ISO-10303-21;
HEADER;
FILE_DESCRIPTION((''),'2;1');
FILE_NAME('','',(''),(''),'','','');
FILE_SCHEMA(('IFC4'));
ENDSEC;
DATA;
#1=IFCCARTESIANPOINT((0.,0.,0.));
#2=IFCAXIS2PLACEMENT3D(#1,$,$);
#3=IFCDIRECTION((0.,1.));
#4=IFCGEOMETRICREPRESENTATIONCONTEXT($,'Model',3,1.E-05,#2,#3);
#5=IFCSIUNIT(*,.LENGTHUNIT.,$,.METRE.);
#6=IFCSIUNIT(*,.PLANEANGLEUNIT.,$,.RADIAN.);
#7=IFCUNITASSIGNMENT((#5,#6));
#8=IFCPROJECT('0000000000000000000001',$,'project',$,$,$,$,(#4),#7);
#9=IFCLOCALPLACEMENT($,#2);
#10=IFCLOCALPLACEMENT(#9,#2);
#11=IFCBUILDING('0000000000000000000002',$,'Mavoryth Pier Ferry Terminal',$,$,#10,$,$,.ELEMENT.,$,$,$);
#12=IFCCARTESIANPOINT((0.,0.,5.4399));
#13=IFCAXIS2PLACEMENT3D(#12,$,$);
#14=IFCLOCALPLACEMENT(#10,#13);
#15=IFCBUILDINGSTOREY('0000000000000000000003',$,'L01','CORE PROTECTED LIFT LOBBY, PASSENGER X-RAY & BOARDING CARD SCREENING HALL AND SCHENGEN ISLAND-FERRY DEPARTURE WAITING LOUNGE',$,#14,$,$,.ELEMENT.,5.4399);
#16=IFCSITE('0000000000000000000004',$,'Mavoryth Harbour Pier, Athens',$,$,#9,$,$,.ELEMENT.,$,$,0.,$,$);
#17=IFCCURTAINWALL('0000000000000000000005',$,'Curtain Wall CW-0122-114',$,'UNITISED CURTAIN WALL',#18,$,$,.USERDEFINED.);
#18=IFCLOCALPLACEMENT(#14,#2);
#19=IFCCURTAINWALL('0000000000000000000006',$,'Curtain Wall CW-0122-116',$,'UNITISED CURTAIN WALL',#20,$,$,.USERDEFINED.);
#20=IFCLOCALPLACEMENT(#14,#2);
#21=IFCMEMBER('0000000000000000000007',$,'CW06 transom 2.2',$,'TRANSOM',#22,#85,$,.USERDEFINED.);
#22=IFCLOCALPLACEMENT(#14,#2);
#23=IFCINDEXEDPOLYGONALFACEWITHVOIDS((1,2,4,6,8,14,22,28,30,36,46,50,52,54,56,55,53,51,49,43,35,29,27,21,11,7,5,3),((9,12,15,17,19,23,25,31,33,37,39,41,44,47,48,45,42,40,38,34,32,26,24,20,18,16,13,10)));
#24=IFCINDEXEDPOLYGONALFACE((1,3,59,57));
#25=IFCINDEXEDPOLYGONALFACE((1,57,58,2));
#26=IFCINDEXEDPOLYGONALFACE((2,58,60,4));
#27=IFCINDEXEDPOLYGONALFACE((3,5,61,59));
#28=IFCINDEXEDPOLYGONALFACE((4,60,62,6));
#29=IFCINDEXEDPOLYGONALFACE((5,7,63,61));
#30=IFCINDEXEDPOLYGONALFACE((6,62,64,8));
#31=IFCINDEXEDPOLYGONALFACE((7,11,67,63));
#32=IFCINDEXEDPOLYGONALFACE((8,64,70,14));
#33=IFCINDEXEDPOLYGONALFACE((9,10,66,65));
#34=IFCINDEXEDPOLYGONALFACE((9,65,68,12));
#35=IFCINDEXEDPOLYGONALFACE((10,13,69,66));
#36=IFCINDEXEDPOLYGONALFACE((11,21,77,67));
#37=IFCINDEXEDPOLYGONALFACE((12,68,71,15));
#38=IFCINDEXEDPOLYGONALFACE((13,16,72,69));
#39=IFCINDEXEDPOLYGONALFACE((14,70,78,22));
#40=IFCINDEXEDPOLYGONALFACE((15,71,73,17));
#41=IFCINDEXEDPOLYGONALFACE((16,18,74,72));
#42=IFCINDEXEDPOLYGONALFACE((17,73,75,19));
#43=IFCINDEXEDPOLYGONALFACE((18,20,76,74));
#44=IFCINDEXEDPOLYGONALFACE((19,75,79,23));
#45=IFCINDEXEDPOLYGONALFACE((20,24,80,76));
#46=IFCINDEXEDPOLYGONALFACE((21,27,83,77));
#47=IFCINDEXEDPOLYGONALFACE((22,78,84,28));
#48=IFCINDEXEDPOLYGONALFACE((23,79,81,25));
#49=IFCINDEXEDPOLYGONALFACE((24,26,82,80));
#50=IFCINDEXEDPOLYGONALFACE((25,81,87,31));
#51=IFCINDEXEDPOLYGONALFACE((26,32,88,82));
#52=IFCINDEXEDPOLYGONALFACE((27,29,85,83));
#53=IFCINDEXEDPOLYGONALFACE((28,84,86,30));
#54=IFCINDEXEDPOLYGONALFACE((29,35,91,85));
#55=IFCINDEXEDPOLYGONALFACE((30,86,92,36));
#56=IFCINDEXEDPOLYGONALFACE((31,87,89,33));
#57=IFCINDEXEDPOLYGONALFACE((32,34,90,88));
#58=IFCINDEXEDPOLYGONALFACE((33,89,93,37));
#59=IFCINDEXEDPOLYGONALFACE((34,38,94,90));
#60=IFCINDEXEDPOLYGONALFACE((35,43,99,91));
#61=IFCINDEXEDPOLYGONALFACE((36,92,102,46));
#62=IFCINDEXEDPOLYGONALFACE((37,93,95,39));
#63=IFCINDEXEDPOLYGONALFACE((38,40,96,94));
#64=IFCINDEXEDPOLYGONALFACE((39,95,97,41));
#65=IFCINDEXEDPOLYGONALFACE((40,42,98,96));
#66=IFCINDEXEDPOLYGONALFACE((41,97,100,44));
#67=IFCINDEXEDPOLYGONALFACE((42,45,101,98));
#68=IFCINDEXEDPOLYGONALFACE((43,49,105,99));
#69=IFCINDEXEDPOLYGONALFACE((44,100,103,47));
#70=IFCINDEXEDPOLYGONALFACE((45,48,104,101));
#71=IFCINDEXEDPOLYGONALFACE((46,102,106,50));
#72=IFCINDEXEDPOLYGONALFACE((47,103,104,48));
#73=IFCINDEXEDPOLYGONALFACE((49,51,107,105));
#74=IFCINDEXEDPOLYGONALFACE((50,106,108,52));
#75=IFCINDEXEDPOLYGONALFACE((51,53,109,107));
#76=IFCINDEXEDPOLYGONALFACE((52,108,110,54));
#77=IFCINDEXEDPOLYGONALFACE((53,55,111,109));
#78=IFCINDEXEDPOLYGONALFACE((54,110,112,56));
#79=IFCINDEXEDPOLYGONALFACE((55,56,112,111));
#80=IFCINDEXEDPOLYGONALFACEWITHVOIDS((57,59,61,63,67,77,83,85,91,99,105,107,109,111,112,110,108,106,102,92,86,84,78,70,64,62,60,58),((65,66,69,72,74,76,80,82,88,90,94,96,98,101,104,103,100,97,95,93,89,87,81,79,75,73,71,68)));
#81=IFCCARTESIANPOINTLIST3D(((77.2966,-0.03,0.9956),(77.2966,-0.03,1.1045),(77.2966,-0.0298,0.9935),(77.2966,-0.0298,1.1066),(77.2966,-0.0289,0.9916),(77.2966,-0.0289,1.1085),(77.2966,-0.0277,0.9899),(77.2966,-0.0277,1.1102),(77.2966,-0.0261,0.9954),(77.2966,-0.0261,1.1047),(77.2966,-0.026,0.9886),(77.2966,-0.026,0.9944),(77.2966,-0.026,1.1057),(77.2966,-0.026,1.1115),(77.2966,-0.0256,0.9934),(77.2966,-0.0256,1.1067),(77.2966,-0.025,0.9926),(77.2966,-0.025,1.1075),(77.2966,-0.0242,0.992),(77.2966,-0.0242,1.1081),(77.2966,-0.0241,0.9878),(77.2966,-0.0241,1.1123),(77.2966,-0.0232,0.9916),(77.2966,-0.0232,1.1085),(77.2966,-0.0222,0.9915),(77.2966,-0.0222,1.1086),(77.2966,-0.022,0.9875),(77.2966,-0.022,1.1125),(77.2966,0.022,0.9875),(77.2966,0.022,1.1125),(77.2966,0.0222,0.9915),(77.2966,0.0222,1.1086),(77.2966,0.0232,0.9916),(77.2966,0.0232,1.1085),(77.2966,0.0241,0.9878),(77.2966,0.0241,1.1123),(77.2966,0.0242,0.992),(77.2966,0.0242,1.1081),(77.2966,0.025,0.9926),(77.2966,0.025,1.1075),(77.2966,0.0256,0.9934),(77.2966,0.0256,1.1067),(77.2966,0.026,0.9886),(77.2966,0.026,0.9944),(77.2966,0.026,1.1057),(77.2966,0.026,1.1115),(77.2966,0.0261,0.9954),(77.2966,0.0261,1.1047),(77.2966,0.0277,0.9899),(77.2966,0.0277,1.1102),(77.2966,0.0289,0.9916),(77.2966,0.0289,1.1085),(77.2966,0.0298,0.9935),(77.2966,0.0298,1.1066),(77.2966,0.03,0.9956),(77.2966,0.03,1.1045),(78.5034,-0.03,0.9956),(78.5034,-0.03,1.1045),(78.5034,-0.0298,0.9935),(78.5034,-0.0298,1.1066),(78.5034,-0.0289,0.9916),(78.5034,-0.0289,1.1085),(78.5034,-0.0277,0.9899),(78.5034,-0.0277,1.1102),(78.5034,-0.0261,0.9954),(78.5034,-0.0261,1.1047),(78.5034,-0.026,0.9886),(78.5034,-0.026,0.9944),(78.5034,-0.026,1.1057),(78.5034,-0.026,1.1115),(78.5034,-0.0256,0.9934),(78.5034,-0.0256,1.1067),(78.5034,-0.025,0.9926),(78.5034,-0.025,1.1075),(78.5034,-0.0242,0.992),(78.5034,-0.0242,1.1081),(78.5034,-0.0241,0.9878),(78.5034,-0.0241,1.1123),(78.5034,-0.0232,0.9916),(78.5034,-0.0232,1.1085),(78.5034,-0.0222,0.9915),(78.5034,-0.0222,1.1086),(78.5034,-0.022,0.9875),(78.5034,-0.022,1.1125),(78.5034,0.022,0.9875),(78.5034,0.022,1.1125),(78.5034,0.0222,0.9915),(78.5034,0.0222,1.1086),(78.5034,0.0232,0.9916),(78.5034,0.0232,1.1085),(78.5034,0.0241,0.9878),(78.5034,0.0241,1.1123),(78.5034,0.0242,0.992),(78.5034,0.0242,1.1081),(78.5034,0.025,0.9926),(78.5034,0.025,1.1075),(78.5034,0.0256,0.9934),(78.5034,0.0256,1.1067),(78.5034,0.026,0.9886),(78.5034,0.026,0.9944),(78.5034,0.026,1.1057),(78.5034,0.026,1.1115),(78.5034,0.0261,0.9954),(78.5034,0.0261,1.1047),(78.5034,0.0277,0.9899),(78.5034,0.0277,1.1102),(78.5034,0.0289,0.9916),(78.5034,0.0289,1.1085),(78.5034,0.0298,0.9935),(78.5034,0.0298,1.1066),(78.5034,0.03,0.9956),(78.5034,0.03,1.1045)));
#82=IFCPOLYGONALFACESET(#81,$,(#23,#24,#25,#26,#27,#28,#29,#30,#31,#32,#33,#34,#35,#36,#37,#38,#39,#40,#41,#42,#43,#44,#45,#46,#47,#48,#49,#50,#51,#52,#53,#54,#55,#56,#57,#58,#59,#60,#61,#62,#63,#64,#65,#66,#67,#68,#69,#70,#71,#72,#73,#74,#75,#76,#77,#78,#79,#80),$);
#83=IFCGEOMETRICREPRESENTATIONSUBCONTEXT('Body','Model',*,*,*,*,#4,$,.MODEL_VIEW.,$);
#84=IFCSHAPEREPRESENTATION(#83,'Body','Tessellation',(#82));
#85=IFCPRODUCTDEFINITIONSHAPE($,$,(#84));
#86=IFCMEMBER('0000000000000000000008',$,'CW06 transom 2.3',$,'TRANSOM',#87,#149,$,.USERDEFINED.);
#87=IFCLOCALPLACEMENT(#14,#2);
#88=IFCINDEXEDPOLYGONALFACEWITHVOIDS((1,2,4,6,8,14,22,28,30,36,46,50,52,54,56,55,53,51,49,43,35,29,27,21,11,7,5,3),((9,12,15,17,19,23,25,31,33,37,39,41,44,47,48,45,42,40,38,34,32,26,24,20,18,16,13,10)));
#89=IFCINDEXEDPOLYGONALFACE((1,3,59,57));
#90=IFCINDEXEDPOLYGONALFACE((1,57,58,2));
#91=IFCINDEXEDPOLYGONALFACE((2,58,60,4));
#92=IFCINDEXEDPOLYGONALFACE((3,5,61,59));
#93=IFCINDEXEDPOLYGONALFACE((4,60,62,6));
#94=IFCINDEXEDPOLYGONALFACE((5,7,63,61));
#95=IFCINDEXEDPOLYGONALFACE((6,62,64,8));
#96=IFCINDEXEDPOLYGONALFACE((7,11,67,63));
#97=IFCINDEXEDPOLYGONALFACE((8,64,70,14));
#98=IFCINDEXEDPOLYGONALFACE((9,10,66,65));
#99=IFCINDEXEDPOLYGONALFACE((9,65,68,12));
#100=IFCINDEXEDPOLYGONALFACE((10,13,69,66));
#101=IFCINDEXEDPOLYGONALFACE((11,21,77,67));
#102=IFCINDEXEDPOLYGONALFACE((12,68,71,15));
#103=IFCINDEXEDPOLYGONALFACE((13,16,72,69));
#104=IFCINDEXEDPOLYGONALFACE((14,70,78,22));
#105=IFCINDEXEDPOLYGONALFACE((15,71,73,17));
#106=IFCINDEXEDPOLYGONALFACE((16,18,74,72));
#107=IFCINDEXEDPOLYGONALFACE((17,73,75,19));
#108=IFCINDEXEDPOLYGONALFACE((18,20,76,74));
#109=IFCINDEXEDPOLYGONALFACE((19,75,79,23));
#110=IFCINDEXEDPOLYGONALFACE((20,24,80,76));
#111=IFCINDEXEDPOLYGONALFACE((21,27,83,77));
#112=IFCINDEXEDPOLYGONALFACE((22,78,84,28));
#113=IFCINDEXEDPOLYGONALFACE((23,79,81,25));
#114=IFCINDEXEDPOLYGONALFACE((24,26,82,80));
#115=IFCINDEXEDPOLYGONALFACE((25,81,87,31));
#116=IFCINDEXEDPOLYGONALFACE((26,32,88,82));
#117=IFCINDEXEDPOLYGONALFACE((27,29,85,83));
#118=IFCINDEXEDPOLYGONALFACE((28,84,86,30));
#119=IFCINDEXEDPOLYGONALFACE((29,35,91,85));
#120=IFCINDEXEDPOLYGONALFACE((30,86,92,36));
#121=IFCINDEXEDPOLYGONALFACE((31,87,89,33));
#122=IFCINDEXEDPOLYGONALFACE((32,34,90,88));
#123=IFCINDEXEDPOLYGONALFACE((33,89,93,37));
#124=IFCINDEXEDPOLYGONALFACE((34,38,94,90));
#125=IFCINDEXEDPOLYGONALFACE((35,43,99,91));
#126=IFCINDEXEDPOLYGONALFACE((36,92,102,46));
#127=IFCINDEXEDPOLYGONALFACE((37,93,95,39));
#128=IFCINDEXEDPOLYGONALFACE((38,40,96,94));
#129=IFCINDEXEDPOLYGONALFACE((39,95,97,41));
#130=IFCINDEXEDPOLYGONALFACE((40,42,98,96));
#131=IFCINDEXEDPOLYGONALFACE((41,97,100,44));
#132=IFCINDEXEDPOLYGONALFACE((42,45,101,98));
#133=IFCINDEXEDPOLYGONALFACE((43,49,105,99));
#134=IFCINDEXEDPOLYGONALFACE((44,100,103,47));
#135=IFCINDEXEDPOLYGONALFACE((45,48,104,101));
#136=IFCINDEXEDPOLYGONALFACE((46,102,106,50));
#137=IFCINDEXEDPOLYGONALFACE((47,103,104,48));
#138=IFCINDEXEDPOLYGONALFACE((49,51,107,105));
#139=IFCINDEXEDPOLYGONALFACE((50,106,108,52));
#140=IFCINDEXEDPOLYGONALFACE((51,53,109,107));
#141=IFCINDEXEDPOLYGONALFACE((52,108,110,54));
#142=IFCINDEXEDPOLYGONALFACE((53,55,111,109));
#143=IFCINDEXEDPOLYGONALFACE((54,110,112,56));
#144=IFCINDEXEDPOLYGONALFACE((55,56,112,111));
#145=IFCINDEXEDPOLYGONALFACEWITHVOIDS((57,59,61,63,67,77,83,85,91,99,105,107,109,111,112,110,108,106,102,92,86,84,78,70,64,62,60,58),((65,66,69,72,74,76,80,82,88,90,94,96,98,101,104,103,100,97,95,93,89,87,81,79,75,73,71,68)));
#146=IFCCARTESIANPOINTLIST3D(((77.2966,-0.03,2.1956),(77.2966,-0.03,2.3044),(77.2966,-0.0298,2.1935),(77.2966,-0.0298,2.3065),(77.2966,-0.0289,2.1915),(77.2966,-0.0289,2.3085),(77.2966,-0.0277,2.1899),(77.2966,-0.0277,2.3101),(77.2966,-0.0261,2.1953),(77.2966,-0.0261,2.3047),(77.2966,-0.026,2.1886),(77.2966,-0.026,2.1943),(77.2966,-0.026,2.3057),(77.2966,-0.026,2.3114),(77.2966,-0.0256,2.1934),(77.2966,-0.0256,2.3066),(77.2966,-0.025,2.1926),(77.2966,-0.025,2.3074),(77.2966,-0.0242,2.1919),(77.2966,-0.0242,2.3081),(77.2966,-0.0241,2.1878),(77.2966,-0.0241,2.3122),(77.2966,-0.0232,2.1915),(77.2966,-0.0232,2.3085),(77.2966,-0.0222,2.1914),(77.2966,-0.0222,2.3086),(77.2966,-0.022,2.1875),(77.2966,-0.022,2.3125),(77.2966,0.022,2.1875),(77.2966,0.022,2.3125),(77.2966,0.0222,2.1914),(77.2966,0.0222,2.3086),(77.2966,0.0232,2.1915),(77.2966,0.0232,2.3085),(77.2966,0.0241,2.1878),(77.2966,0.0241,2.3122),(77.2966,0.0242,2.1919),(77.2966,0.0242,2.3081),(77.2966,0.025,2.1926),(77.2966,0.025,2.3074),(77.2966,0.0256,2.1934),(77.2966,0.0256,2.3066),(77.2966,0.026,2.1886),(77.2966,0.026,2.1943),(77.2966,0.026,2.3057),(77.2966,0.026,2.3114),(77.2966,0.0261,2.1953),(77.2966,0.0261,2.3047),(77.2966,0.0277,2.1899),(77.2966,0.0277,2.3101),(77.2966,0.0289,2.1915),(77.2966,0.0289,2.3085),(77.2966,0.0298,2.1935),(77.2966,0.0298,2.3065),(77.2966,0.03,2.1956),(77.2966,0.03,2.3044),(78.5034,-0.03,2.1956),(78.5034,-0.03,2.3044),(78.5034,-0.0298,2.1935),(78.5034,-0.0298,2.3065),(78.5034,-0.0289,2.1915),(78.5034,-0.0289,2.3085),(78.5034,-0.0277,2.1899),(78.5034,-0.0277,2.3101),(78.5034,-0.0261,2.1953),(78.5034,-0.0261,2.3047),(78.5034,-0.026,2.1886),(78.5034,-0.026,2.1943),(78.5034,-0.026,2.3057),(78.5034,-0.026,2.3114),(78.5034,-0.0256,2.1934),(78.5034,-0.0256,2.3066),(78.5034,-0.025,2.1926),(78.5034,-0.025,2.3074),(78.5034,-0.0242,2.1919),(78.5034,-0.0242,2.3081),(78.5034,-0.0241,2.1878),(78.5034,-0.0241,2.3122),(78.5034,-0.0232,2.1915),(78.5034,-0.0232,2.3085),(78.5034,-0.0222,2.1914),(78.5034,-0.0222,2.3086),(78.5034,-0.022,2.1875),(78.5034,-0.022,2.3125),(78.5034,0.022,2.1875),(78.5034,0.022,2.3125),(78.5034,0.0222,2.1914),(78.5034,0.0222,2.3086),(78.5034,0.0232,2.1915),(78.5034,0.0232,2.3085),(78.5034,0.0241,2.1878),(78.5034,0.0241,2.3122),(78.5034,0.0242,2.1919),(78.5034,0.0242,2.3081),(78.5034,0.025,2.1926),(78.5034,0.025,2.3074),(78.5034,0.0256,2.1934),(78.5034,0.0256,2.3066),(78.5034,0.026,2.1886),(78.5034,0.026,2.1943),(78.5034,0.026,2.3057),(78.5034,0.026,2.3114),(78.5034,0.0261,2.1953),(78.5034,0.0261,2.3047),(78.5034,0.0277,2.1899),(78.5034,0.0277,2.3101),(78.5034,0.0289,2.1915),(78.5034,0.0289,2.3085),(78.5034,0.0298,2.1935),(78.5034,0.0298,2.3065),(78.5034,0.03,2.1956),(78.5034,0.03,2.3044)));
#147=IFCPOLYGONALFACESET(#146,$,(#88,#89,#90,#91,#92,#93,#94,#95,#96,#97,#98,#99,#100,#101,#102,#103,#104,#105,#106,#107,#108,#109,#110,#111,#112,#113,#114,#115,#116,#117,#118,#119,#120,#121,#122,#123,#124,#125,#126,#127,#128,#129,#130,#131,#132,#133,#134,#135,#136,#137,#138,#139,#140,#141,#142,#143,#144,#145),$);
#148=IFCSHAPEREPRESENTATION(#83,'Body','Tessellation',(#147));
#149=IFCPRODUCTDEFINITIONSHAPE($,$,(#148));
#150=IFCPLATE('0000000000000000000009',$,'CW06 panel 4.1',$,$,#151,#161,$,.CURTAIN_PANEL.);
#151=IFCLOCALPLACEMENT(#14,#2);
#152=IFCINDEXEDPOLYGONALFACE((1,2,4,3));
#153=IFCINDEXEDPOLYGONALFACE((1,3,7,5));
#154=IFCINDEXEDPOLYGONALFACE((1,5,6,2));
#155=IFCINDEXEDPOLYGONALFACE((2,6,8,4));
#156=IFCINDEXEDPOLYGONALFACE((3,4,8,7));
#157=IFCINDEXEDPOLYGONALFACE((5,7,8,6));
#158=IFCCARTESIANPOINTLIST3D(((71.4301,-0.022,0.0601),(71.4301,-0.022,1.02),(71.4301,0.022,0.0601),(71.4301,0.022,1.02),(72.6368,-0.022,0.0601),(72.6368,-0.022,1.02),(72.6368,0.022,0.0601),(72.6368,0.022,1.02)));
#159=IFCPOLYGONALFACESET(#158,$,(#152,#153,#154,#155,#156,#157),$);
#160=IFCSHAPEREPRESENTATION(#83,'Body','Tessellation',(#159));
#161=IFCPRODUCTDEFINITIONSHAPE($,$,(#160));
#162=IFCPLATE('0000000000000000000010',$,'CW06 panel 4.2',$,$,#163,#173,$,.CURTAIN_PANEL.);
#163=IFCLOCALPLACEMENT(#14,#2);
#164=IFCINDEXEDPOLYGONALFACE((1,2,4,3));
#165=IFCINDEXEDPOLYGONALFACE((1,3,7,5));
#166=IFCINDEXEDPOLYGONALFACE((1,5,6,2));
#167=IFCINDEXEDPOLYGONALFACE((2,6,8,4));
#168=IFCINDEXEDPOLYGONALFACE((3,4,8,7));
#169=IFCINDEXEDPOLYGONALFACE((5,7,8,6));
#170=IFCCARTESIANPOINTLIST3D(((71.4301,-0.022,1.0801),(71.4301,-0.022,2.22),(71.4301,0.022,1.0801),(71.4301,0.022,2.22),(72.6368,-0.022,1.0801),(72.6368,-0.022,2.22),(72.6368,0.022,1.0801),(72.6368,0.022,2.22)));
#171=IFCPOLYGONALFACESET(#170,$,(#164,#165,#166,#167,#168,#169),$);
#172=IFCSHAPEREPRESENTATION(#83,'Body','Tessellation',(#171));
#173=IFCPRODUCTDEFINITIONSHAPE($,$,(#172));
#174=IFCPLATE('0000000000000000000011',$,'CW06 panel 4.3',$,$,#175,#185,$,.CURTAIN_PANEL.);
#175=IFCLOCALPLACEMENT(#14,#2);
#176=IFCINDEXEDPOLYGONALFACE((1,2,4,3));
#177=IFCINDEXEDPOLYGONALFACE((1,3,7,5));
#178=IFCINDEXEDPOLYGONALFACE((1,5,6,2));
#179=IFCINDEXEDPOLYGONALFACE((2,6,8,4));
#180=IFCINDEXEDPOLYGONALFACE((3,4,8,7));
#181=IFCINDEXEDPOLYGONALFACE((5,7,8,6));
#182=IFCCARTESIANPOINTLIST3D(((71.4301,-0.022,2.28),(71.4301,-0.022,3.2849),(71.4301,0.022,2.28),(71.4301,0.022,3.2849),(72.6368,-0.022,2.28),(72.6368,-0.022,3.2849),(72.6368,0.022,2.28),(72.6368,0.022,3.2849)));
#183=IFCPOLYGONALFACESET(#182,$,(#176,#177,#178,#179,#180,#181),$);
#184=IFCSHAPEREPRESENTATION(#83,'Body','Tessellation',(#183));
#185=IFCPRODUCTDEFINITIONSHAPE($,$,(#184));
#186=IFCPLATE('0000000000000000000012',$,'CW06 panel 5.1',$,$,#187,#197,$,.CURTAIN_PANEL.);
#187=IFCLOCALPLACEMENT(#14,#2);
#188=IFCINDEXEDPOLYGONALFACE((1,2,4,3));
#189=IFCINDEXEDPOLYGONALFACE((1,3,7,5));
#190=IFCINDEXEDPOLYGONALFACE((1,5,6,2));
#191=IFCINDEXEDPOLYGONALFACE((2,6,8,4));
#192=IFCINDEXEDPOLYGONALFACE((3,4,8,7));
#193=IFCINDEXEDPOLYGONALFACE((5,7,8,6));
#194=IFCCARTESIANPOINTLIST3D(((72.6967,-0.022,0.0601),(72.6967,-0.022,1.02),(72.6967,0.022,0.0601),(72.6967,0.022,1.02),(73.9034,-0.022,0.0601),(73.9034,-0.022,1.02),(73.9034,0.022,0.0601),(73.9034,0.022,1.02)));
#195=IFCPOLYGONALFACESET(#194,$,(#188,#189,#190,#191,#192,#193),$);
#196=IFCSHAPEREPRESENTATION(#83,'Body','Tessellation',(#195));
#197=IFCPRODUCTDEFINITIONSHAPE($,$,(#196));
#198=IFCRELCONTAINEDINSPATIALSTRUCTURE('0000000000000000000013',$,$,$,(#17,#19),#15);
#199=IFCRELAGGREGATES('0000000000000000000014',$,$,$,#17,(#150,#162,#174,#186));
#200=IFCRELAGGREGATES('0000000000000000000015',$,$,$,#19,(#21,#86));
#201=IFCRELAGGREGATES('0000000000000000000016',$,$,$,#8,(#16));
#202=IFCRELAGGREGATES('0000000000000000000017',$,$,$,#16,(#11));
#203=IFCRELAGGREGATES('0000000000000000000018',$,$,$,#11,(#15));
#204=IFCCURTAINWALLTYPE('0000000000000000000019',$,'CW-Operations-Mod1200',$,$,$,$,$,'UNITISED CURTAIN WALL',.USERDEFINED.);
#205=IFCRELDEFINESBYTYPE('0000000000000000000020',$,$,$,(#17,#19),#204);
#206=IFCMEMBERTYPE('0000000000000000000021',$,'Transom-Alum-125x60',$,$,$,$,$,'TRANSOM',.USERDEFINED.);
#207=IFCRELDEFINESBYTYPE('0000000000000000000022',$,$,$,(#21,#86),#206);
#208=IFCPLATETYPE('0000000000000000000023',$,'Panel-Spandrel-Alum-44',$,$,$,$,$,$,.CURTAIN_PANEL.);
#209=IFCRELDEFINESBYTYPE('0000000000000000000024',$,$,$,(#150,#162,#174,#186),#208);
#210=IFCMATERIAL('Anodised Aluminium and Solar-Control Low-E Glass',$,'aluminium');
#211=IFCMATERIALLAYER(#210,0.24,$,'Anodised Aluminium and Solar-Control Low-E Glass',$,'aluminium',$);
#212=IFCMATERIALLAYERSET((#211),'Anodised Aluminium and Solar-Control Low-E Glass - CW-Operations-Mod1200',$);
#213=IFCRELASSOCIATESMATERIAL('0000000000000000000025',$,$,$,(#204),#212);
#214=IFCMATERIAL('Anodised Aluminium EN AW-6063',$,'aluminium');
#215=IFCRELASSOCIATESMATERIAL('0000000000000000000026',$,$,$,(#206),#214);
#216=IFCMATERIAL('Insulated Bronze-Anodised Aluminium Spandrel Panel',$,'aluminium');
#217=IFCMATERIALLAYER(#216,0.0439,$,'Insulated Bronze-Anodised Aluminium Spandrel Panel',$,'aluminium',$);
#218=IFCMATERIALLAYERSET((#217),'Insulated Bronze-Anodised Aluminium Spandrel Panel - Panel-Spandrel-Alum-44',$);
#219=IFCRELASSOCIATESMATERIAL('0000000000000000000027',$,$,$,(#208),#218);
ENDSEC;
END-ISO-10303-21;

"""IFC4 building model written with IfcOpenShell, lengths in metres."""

from ifc_helpers import new_model, si_unit, direction, frame, origin, origin_2d, place, context, subcontext, project, spatial, rectangle, hollow_rectangle, extrude, material, layer, layer_set, material_profile, profile_set, type_object, element, aggregate, save


model = new_model("IFC4")

# Units and contexts
model_context = context("Model", 3, precision=1e-05, world=origin(), true_north=direction((0.0, 1.0)))
body_context = subcontext(model_context, "Body", "Model", "MODEL_VIEW")
ifc_project = project(units=[si_unit("LENGTHUNIT", "METRE"), si_unit("PLANEANGLEUNIT", "RADIAN")], contexts=[model_context])

# Site, building, storey
site_placement = place(None, origin())
site = spatial("IfcSite", under=ifc_project, at=site_placement, Name="Mavoryth Harbour Pier, Athens", CompositionType="ELEMENT", RefElevation=0.0)
building_placement = place(site_placement, origin())
building = spatial("IfcBuilding", under=site, at=building_placement, Name="Mavoryth Pier Ferry Terminal", CompositionType="ELEMENT")
storey_placement = place(building_placement, frame((0.0, 0.0, 5.4399)))
storey = spatial("IfcBuildingStorey", under=building, at=storey_placement, Name="L01", Description="CORE PROTECTED LIFT LOBBY, PASSENGER X-RAY & BOARDING CARD SCREENING HALL AND SCHENGEN ISLAND-FERRY DEPARTURE WAITING LOUNGE", CompositionType="ELEMENT", Elevation=5.4399)

# Curtain walls
ifc_material_1 = material(Name="Anodised Aluminium and Solar-Control Low-E Glass", Category="aluminium")
ifc_layer_1 = layer(ifc_material_1, 0.24, Name="Anodised Aluminium and Solar-Control Low-E Glass", Category="aluminium")
ifc_layer_set_1 = layer_set([ifc_layer_1], Name="Anodised Aluminium and Solar-Control Low-E Glass - CW-Operations-Mod1200")
curtain_wall_type = type_object("IfcCurtainWallType", Name="CW-Operations-Mod1200", ElementType="UNITISED CURTAIN WALL", PredefinedType="USERDEFINED", material=ifc_layer_set_1)
curtain_wall_1_placement = place(storey_placement, origin())
curtain_wall_1 = element("IfcCurtainWall", 1, at=curtain_wall_1_placement, inside=storey, type_object=curtain_wall_type, Name="Curtain Wall CW-0122-114", ObjectType="UNITISED CURTAIN WALL", PredefinedType="USERDEFINED")
ifc_material_2 = material(Name="Anodised Aluminium EN AW-6063", Category="aluminium")
curtain_wall_2_placement = place(storey_placement, origin())
curtain_wall_2 = element("IfcCurtainWall", 2, at=curtain_wall_2_placement, inside=storey, type_object=curtain_wall_type, Name="Curtain Wall CW-0122-116", ObjectType="UNITISED CURTAIN WALL", PredefinedType="USERDEFINED")

# Members
ifc_material_profile_1 = material_profile(ifc_material_2, hollow_rectangle(XDim=0.0601, YDim=0.125, WallThickness=0.0039, InnerFilletRadius=0.0039, OuterFilletRadius=0.0081, at=origin_2d()), Name="AL-TRAN 125x60x4", Category="aluminium")
ifc_profile_set_1 = profile_set([ifc_material_profile_1], Name="Anodised Aluminium EN AW-6063 - AL-TRAN 125x60x4")
member_type_1 = type_object("IfcMemberType", Name="Transom-Alum-125x60", ElementType="TRANSOM", PredefinedType="USERDEFINED", material=ifc_profile_set_1)
member_1_placement = place(storey_placement, frame((77.2966, 0.0, 1.05), z_axis=(1.0, 0.0, 0.0), x_axis=(0.0, 1.0, 0.0)))
member_1 = element("IfcMember", 3, at=member_1_placement, type_object=member_type_1, Name="CW06 transom 2.2", ObjectType="TRANSOM", PredefinedType="USERDEFINED", context=body_context, shape_type="SweptSolid", body=[
    extrude(hollow_rectangle(XDim=0.0601, YDim=0.125, WallThickness=0.0039, InnerFilletRadius=0.0039, OuterFilletRadius=0.0081, at=origin_2d()), origin(), (0.0, 0.0, 1.0), 1.2068),
])
member_2_placement = place(storey_placement, frame((77.2966, 0.0, 2.25), z_axis=(1.0, 0.0, 0.0), x_axis=(0.0, 1.0, 0.0)))
member_2 = element("IfcMember", 4, at=member_2_placement, type_object=member_type_1, Name="CW06 transom 2.3", ObjectType="TRANSOM", PredefinedType="USERDEFINED", context=body_context, shape_type="SweptSolid", body=[
    extrude(hollow_rectangle(XDim=0.0601, YDim=0.125, WallThickness=0.0039, InnerFilletRadius=0.0039, OuterFilletRadius=0.0081, at=origin_2d()), origin(), (0.0, 0.0, 1.0), 1.2068),
])

# Plates
ifc_material_3 = material(Name="Insulated Bronze-Anodised Aluminium Spandrel Panel", Category="aluminium")
ifc_layer_2 = layer(ifc_material_3, 0.0439, Name="Insulated Bronze-Anodised Aluminium Spandrel Panel", Category="aluminium")
ifc_layer_set_2 = layer_set([ifc_layer_2], Name="Insulated Bronze-Anodised Aluminium Spandrel Panel - Panel-Spandrel-Alum-44")
plate_type = type_object("IfcPlateType", Name="Panel-Spandrel-Alum-44", PredefinedType="CURTAIN_PANEL", material=ifc_layer_set_2)
plate_1_placement = place(storey_placement, frame((72.0334, 0.0, 0.0601), z_axis=(0.0, 0.0, 1.0), x_axis=(1.0, 0.0, 0.0)))
plate_1 = element("IfcPlate", 5, at=plate_1_placement, type_object=plate_type, Name="CW06 panel 4.1", PredefinedType="CURTAIN_PANEL", context=body_context, shape_type="SweptSolid", body=[
    extrude(rectangle(XDim=1.2068, YDim=0.0439, at=origin_2d()), origin(), (0.0, 0.0, 1.0), 0.96),
])
plate_2_placement = place(storey_placement, frame((72.0334, 0.0, 1.0801), z_axis=(0.0, 0.0, 1.0), x_axis=(1.0, 0.0, 0.0)))
plate_2 = element("IfcPlate", 6, at=plate_2_placement, type_object=plate_type, Name="CW06 panel 4.2", PredefinedType="CURTAIN_PANEL", context=body_context, shape_type="SweptSolid", body=[
    extrude(rectangle(XDim=1.2068, YDim=0.0439, at=origin_2d()), origin(), (0.0, 0.0, 1.0), 1.1399),
])
plate_3_placement = place(storey_placement, frame((72.0334, 0.0, 2.28), z_axis=(0.0, 0.0, 1.0), x_axis=(1.0, 0.0, 0.0)))
plate_3 = element("IfcPlate", 7, at=plate_3_placement, type_object=plate_type, Name="CW06 panel 4.3", PredefinedType="CURTAIN_PANEL", context=body_context, shape_type="SweptSolid", body=[
    extrude(rectangle(XDim=1.2068, YDim=0.0439, at=origin_2d()), origin(), (0.0, 0.0, 1.0), 1.0049),
])
plate_4_placement = place(storey_placement, frame((73.3, 0.0, 0.0601), z_axis=(0.0, 0.0, 1.0), x_axis=(1.0, 0.0, 0.0)))
plate_4 = element("IfcPlate", 8, at=plate_4_placement, type_object=plate_type, Name="CW06 panel 5.1", PredefinedType="CURTAIN_PANEL", context=body_context, shape_type="SweptSolid", body=[
    extrude(rectangle(XDim=1.2068, YDim=0.0439, at=origin_2d()), origin(), (0.0, 0.0, 1.0), 0.96),
])
aggregate(curtain_wall_1, [plate_1, plate_2, plate_3, plate_4])
aggregate(curtain_wall_2, [member_1, member_2])

save(model, "model.ifc")
